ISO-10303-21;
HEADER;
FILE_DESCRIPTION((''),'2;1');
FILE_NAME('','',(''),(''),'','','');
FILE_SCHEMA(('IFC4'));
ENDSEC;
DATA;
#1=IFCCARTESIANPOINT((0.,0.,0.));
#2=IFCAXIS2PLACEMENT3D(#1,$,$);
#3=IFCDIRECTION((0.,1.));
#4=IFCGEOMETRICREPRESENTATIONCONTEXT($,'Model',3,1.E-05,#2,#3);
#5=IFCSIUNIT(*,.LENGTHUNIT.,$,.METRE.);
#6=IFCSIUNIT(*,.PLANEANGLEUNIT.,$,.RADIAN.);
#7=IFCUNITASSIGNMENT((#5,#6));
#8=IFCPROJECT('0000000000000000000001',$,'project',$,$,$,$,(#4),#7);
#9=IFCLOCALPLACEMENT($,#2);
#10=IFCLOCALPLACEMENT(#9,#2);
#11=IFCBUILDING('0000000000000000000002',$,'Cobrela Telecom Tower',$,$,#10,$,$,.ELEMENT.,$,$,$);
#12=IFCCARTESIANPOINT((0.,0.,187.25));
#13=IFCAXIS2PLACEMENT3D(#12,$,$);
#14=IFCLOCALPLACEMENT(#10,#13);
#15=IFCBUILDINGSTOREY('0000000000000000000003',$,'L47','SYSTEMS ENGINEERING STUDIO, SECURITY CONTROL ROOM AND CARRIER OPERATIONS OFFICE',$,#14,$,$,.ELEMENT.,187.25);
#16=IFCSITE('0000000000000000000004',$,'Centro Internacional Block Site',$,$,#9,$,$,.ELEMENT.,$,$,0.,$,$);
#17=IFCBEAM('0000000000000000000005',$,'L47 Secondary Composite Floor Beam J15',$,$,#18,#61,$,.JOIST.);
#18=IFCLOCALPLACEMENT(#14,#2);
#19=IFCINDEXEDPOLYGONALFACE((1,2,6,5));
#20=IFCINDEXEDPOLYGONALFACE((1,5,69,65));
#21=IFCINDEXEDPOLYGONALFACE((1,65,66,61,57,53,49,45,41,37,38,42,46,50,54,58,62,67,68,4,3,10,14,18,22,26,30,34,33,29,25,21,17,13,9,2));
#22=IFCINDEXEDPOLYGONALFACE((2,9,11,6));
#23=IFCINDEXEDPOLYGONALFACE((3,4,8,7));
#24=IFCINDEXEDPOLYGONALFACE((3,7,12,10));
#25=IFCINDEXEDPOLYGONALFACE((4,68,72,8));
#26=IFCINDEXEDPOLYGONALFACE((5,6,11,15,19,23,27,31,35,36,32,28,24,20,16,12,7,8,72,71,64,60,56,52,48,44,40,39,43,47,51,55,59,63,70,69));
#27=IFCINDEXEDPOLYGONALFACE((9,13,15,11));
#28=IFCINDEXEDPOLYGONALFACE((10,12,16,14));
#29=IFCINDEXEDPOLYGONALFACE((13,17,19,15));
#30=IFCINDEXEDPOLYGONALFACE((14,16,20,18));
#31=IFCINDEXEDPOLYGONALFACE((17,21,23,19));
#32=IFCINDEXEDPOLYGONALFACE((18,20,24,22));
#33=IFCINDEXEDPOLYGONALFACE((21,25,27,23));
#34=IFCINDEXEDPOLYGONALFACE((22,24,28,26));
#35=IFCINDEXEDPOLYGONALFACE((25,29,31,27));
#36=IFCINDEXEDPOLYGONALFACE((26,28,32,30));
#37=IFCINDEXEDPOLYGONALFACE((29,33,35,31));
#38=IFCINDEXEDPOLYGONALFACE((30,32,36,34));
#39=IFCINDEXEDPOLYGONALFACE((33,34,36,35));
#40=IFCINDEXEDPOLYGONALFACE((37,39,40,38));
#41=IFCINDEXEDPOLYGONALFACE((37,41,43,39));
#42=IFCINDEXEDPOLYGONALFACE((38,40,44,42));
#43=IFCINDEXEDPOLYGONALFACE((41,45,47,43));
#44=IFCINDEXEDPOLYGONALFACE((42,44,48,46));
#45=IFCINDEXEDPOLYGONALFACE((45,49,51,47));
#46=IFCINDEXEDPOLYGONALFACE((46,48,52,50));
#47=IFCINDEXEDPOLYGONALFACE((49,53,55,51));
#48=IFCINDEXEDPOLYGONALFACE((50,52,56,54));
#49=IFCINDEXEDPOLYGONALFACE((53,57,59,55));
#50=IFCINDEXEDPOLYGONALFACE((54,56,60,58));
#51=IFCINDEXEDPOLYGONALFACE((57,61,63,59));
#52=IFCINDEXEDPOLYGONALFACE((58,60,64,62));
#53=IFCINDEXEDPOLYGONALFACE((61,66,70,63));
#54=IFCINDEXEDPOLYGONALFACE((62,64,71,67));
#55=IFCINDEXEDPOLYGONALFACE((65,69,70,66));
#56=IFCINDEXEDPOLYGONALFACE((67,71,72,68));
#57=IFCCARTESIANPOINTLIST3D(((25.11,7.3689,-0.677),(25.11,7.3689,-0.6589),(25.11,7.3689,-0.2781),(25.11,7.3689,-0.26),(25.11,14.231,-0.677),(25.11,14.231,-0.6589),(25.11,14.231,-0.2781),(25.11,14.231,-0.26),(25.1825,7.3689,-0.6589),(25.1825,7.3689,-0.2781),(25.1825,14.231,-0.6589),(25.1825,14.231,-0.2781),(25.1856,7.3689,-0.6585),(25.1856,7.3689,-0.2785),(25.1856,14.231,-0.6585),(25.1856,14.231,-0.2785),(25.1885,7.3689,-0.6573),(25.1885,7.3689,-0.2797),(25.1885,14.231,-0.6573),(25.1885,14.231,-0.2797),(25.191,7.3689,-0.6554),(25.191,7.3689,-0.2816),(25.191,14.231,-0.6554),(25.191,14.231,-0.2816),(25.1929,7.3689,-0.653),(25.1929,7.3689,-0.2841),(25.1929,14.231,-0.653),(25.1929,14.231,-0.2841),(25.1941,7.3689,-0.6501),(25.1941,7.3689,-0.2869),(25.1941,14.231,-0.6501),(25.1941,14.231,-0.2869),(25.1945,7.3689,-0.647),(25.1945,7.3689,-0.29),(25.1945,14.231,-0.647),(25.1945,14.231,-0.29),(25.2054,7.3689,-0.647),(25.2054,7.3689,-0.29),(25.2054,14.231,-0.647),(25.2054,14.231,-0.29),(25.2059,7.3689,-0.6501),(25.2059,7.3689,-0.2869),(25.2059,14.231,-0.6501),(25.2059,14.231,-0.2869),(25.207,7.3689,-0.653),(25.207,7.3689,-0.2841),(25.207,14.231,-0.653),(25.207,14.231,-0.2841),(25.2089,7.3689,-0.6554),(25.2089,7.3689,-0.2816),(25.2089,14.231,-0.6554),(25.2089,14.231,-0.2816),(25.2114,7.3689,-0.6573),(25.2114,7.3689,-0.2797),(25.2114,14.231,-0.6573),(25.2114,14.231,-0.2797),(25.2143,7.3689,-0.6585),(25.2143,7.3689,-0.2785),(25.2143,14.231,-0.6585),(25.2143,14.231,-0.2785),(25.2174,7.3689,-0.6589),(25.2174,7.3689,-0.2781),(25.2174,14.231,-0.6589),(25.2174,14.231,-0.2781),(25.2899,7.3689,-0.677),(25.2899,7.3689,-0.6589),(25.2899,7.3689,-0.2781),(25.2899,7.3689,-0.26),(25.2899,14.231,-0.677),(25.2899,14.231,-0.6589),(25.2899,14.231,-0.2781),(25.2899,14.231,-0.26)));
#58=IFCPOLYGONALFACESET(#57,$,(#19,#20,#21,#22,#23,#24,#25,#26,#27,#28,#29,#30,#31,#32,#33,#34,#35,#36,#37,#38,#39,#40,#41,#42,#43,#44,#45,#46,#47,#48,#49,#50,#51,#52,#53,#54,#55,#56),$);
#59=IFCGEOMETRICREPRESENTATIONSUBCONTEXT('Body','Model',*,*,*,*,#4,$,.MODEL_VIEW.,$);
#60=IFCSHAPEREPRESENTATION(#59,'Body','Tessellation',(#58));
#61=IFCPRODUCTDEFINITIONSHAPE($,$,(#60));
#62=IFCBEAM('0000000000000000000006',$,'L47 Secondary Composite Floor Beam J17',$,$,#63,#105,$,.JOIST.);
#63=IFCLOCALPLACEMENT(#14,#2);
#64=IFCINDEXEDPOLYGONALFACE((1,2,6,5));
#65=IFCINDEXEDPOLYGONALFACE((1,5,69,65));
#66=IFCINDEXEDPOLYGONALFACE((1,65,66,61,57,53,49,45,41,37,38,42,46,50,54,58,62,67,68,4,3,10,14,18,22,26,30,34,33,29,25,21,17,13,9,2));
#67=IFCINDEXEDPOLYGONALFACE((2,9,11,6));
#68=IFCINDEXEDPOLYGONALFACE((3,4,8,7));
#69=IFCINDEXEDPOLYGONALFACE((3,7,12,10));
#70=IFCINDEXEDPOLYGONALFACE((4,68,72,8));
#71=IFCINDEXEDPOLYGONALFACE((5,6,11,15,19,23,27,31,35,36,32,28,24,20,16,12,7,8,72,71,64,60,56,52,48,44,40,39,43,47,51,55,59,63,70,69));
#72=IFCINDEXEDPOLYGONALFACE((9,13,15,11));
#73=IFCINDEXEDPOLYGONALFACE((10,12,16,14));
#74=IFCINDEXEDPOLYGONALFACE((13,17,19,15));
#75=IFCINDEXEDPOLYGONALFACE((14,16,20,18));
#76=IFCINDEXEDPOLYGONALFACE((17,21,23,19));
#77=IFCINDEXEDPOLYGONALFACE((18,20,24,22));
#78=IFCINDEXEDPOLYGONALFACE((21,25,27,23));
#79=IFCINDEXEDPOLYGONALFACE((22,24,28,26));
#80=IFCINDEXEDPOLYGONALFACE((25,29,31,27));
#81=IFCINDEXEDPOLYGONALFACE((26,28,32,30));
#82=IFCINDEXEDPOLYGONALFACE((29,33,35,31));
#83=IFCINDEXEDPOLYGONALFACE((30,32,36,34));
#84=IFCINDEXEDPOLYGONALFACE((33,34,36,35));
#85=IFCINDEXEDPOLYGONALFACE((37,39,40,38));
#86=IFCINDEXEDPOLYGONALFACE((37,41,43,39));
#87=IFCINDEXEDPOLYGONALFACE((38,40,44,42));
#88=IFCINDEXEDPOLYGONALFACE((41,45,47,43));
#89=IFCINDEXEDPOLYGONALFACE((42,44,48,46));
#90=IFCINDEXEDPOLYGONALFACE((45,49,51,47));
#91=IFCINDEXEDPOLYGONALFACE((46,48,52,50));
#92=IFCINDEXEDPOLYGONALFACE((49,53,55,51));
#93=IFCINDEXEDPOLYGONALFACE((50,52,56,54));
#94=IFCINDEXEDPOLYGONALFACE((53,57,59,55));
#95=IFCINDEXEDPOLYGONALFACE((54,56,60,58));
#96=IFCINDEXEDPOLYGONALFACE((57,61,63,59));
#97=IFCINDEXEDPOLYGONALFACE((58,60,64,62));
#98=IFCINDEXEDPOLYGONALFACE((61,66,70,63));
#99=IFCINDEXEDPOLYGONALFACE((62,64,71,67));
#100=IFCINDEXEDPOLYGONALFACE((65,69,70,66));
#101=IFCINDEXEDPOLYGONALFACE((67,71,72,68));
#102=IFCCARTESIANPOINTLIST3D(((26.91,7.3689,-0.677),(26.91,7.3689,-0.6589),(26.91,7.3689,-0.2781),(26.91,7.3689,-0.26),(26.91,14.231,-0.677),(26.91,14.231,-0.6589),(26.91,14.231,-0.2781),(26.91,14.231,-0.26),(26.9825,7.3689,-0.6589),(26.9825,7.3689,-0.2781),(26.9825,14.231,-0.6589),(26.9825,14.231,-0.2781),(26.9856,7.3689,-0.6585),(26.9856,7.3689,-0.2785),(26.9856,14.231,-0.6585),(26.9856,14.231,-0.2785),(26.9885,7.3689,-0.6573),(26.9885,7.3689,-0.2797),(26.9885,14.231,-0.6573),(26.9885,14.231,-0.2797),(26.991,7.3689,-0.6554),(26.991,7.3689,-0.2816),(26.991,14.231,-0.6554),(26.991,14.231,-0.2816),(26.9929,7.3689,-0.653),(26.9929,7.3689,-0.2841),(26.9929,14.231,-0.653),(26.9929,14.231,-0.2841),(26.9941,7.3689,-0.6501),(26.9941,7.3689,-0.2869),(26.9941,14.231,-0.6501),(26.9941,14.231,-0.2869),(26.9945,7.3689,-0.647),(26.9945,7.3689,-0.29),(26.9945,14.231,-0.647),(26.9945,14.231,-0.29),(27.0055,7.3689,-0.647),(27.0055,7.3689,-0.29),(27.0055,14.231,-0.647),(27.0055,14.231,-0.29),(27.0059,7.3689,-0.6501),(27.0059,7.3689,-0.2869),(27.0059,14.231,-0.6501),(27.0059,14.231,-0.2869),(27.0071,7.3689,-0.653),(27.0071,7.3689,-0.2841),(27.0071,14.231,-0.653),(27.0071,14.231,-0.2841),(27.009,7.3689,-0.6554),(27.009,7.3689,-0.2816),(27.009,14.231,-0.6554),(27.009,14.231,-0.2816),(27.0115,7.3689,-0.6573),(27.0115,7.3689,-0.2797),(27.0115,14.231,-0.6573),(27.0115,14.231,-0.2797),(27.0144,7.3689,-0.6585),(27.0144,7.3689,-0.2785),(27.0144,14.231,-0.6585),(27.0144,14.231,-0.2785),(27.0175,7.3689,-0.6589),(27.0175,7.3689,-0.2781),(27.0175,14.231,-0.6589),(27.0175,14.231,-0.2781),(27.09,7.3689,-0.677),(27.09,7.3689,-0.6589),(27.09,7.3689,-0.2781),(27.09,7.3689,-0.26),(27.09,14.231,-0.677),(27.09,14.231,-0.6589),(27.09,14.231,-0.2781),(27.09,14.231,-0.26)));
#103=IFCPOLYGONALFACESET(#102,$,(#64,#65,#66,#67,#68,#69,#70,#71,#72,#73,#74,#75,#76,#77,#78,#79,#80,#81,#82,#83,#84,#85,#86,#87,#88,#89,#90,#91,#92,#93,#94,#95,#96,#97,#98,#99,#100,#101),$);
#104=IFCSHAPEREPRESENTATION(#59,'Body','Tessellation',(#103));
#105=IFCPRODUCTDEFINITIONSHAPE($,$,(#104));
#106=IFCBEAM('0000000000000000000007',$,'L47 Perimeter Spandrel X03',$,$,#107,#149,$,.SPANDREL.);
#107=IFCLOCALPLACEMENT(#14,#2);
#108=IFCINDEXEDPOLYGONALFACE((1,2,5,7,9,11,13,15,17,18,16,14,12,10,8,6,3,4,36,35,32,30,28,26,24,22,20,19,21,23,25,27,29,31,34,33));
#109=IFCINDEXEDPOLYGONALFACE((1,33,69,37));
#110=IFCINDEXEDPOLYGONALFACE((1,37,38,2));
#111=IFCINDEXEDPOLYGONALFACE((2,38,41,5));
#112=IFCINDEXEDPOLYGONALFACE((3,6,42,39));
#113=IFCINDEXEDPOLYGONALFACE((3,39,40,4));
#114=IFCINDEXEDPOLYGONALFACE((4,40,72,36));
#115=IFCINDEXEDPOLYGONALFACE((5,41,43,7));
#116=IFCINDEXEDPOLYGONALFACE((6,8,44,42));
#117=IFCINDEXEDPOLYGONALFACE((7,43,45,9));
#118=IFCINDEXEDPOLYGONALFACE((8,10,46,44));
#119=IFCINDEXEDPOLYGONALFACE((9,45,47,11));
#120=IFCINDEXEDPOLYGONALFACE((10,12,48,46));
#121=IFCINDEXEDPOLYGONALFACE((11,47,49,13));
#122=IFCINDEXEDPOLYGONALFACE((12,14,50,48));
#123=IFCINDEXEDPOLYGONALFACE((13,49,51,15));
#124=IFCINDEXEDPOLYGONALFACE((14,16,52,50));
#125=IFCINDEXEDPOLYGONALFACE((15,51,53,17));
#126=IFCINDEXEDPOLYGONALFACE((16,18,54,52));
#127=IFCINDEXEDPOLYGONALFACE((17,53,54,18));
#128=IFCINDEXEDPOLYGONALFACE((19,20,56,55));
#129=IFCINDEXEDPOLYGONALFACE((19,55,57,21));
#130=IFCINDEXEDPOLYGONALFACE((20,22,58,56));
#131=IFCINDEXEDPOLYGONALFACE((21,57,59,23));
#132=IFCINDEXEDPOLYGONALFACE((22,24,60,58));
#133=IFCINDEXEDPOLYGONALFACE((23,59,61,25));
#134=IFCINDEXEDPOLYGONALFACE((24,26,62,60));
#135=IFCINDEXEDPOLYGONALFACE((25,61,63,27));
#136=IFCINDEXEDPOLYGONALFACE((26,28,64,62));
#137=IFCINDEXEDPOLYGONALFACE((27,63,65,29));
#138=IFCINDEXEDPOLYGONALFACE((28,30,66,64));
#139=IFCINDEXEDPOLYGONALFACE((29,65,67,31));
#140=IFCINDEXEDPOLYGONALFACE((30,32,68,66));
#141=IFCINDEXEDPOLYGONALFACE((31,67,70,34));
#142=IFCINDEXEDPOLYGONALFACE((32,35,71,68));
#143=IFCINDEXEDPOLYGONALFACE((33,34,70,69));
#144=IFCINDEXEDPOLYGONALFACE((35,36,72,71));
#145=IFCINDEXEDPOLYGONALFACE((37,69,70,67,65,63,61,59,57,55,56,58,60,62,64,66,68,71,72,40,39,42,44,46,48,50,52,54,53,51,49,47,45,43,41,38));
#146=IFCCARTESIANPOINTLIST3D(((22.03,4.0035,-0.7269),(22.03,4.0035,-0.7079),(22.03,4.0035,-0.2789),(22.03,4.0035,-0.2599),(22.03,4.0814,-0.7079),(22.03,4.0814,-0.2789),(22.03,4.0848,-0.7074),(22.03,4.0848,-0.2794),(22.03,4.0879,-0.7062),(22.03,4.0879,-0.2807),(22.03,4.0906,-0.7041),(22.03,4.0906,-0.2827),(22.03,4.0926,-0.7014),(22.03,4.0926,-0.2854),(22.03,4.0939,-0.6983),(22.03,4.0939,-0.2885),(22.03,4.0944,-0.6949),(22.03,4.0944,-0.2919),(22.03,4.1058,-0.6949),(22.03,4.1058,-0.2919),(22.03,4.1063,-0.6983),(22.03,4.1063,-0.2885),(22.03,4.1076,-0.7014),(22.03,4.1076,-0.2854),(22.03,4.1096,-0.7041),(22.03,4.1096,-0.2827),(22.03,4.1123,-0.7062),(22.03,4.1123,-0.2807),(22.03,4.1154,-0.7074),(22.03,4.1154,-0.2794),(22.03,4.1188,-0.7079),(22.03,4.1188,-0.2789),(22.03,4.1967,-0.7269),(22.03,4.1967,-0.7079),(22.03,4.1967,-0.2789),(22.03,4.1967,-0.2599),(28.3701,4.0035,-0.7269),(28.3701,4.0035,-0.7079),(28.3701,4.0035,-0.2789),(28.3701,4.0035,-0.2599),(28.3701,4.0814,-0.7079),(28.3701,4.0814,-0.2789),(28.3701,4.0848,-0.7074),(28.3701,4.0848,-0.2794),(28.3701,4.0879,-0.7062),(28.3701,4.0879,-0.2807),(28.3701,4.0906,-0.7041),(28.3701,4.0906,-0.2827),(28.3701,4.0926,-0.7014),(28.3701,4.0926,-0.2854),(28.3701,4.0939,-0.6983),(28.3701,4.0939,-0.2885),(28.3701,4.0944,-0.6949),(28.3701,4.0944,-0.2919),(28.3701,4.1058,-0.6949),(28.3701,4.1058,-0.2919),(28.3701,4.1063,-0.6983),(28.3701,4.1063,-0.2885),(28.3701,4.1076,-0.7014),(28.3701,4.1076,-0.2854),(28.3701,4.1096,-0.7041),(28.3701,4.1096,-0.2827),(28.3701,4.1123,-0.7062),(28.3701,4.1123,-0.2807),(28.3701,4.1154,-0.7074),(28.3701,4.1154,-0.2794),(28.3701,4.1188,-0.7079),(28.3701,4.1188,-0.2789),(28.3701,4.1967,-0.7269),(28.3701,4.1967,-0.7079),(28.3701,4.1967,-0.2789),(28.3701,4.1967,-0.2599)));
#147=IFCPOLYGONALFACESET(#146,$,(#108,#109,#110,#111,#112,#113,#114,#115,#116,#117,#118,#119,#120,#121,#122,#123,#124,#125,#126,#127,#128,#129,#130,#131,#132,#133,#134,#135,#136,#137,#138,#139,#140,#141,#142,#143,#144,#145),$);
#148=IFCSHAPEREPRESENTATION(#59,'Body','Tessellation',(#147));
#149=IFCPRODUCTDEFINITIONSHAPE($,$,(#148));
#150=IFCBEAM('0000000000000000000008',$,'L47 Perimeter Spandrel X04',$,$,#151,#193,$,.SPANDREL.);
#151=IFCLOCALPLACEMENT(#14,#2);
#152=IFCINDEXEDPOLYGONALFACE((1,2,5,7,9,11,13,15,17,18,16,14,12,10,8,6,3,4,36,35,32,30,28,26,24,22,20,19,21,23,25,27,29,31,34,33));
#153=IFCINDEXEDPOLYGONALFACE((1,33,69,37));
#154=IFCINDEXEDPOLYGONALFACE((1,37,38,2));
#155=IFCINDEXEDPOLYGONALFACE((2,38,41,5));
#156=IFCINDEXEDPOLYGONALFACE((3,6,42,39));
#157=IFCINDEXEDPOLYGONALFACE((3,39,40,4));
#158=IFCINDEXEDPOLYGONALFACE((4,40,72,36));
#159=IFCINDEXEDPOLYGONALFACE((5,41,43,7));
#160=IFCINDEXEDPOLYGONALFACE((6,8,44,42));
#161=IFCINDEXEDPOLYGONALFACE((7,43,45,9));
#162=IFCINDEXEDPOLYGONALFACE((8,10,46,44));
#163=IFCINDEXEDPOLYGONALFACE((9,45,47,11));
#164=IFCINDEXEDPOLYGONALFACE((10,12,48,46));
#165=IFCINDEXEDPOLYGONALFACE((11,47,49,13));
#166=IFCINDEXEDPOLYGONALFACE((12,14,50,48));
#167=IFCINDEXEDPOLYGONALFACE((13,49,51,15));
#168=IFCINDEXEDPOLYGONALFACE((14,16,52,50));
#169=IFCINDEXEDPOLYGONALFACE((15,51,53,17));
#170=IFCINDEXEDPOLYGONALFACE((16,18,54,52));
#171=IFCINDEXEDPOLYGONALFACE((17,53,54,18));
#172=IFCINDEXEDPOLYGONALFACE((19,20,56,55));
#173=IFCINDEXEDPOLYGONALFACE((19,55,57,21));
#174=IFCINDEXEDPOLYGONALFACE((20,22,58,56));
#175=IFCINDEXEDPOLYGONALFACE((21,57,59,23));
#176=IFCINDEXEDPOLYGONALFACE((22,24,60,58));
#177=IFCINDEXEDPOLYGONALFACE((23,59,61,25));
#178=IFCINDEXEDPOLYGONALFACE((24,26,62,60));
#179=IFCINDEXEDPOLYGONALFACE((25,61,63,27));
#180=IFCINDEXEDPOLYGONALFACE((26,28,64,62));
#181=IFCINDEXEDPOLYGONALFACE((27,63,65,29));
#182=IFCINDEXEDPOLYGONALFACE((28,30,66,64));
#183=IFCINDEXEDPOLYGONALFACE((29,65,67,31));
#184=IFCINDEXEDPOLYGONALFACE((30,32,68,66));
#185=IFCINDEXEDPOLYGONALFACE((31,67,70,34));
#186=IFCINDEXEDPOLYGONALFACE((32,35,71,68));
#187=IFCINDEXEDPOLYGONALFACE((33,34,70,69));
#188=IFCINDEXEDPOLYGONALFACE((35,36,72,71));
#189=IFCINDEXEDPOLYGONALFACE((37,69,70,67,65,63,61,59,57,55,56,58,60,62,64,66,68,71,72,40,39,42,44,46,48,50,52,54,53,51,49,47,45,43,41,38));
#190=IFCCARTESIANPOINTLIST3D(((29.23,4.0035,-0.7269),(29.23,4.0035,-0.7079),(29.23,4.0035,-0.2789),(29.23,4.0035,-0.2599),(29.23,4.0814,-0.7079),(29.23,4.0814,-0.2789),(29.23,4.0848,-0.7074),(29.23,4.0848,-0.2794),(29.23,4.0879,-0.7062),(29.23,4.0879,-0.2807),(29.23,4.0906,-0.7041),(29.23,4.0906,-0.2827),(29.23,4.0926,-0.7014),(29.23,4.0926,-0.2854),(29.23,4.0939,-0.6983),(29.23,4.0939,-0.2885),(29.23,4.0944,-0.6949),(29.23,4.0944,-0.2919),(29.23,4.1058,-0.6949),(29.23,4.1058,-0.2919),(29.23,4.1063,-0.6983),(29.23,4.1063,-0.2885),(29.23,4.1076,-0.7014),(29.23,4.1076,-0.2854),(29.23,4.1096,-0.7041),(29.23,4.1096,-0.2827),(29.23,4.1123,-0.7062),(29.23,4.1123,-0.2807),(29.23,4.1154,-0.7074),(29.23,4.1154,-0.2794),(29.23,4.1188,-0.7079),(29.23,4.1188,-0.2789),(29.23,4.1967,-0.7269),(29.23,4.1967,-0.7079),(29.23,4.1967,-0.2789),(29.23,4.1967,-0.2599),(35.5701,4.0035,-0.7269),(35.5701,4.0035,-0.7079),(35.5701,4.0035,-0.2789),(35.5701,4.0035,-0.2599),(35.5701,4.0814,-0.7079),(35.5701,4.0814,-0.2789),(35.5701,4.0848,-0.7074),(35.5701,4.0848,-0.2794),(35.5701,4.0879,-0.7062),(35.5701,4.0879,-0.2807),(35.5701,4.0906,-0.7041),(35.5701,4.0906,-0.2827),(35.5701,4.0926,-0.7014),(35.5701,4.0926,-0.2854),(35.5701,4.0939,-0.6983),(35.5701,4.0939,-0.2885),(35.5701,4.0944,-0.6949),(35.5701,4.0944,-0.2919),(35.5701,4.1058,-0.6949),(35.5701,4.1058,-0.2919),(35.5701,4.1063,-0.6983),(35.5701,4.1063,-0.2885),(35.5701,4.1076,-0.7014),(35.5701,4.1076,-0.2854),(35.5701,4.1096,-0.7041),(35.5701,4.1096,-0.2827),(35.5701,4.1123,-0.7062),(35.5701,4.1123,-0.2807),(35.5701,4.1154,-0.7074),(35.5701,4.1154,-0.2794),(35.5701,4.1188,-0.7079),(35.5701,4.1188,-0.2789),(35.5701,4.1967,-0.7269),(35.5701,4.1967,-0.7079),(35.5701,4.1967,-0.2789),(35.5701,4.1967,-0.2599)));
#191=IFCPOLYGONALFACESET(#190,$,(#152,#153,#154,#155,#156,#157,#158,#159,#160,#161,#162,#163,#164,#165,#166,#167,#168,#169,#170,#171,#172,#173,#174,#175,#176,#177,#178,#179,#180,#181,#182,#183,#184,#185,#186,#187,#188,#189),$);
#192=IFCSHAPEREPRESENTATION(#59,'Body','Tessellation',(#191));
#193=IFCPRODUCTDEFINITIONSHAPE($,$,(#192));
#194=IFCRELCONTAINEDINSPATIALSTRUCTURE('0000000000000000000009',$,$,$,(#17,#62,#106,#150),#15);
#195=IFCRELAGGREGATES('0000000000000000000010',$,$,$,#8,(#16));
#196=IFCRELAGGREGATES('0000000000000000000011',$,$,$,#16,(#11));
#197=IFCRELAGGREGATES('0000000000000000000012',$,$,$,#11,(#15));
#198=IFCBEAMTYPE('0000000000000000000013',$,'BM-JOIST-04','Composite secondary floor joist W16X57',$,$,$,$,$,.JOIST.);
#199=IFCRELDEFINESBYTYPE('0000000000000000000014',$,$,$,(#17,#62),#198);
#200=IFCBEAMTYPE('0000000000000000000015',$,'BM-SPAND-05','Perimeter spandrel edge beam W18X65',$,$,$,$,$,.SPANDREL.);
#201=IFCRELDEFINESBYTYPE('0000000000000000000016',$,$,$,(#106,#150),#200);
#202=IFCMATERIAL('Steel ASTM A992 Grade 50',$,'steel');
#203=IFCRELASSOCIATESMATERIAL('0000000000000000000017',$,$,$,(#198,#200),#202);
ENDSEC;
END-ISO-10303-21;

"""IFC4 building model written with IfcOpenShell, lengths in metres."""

from ifc_helpers import new_model, si_unit, direction, frame, origin, origin_2d, place, context, subcontext, project, spatial, i_section, extrude, material, material_profile, profile_set, type_object, element, save


model = new_model("IFC4")

# Units and contexts
model_context = context("Model", 3, precision=1e-05, world=origin(), true_north=direction((0.0, 1.0)))
body_context = subcontext(model_context, "Body", "Model", "MODEL_VIEW")
ifc_project = project(units=[si_unit("LENGTHUNIT", "METRE"), si_unit("PLANEANGLEUNIT", "RADIAN")], contexts=[model_context])

# Site, building, storey
site_placement = place(None, origin())
site = spatial("IfcSite", under=ifc_project, at=site_placement, Name="Centro Internacional Block Site", CompositionType="ELEMENT", RefElevation=0.0)
building_placement = place(site_placement, origin())
building = spatial("IfcBuilding", under=site, at=building_placement, Name="Cobrela Telecom Tower", CompositionType="ELEMENT")
storey_placement = place(building_placement, frame((0.0, 0.0, 187.25)))
storey = spatial("IfcBuildingStorey", under=building, at=storey_placement, Name="L47", Description="SYSTEMS ENGINEERING STUDIO, SECURITY CONTROL ROOM AND CARRIER OPERATIONS OFFICE", CompositionType="ELEMENT", Elevation=187.25)

# Shared definitions
ifc_material_1 = material(Name="Steel ASTM A992 Grade 50", Category="steel")

# Beams
ifc_material_profile_1 = material_profile(ifc_material_1, i_section(OverallWidth=0.1799, OverallDepth=0.417, WebThickness=0.011, FlangeThickness=0.0181, FilletRadius=0.012, at=origin_2d()), Name="W16X57")
ifc_profile_set_1 = profile_set([ifc_material_profile_1], Name="Steel ASTM A992 Grade 50")
beam_type_1 = type_object("IfcBeamType", Name="BM-JOIST-04", Description="Composite secondary floor joist W16X57", PredefinedType="JOIST", material=ifc_profile_set_1)
for number, where, z_axis, x_axis, name in (
    (1, (25.2, 7.3689, -0.4685), (0.0, 1.0, 0.0), (-1.0, 0.0, 0.0), "L47 Secondary Composite Floor Beam J15"),
    (2, (27.0, 7.3689, -0.4685), (0.0, 1.0, 0.0), (-1.0, 0.0, 0.0), "L47 Secondary Composite Floor Beam J17"),
):
    element("IfcBeam", number, at=place(storey_placement, frame(where, z_axis=z_axis, x_axis=x_axis)), inside=storey, type_object=beam_type_1, Name=name, PredefinedType="JOIST", context=body_context, shape_type="SweptSolid", body=[
        extrude(i_section(OverallWidth=0.1799, OverallDepth=0.417, WebThickness=0.011, FlangeThickness=0.0181, FilletRadius=0.012, at=origin_2d()), origin(), (0.0, 0.0, 1.0), 6.8621),
    ])
ifc_material_profile_2 = material_profile(ifc_material_1, i_section(OverallWidth=0.1931, OverallDepth=0.467, WebThickness=0.0115, FlangeThickness=0.019, FilletRadius=0.0129, at=origin_2d()), Name="W18X65")
ifc_profile_set_2 = profile_set([ifc_material_profile_2], Name="Steel ASTM A992 Grade 50")
beam_type_2 = type_object("IfcBeamType", Name="BM-SPAND-05", Description="Perimeter spandrel edge beam W18X65", PredefinedType="SPANDREL", material=ifc_profile_set_2)
for number, where, z_axis, x_axis, name in (
    (3, (22.03, 4.1001, -0.4934), (1.0, 0.0, 0.0), (0.0, 1.0, 0.0), "L47 Perimeter Spandrel X03"),
    (4, (29.23, 4.1001, -0.4934), (1.0, 0.0, 0.0), (0.0, 1.0, 0.0), "L47 Perimeter Spandrel X04"),
):
    element("IfcBeam", number, at=place(storey_placement, frame(where, z_axis=z_axis, x_axis=x_axis)), inside=storey, type_object=beam_type_2, Name=name, PredefinedType="SPANDREL", context=body_context, shape_type="SweptSolid", body=[
        extrude(i_section(OverallWidth=0.1931, OverallDepth=0.467, WebThickness=0.0115, FlangeThickness=0.019, FilletRadius=0.0129, at=origin_2d()), origin(), (0.0, 0.0, 1.0), 6.3401),
    ])

save(model, "model.ifc")
